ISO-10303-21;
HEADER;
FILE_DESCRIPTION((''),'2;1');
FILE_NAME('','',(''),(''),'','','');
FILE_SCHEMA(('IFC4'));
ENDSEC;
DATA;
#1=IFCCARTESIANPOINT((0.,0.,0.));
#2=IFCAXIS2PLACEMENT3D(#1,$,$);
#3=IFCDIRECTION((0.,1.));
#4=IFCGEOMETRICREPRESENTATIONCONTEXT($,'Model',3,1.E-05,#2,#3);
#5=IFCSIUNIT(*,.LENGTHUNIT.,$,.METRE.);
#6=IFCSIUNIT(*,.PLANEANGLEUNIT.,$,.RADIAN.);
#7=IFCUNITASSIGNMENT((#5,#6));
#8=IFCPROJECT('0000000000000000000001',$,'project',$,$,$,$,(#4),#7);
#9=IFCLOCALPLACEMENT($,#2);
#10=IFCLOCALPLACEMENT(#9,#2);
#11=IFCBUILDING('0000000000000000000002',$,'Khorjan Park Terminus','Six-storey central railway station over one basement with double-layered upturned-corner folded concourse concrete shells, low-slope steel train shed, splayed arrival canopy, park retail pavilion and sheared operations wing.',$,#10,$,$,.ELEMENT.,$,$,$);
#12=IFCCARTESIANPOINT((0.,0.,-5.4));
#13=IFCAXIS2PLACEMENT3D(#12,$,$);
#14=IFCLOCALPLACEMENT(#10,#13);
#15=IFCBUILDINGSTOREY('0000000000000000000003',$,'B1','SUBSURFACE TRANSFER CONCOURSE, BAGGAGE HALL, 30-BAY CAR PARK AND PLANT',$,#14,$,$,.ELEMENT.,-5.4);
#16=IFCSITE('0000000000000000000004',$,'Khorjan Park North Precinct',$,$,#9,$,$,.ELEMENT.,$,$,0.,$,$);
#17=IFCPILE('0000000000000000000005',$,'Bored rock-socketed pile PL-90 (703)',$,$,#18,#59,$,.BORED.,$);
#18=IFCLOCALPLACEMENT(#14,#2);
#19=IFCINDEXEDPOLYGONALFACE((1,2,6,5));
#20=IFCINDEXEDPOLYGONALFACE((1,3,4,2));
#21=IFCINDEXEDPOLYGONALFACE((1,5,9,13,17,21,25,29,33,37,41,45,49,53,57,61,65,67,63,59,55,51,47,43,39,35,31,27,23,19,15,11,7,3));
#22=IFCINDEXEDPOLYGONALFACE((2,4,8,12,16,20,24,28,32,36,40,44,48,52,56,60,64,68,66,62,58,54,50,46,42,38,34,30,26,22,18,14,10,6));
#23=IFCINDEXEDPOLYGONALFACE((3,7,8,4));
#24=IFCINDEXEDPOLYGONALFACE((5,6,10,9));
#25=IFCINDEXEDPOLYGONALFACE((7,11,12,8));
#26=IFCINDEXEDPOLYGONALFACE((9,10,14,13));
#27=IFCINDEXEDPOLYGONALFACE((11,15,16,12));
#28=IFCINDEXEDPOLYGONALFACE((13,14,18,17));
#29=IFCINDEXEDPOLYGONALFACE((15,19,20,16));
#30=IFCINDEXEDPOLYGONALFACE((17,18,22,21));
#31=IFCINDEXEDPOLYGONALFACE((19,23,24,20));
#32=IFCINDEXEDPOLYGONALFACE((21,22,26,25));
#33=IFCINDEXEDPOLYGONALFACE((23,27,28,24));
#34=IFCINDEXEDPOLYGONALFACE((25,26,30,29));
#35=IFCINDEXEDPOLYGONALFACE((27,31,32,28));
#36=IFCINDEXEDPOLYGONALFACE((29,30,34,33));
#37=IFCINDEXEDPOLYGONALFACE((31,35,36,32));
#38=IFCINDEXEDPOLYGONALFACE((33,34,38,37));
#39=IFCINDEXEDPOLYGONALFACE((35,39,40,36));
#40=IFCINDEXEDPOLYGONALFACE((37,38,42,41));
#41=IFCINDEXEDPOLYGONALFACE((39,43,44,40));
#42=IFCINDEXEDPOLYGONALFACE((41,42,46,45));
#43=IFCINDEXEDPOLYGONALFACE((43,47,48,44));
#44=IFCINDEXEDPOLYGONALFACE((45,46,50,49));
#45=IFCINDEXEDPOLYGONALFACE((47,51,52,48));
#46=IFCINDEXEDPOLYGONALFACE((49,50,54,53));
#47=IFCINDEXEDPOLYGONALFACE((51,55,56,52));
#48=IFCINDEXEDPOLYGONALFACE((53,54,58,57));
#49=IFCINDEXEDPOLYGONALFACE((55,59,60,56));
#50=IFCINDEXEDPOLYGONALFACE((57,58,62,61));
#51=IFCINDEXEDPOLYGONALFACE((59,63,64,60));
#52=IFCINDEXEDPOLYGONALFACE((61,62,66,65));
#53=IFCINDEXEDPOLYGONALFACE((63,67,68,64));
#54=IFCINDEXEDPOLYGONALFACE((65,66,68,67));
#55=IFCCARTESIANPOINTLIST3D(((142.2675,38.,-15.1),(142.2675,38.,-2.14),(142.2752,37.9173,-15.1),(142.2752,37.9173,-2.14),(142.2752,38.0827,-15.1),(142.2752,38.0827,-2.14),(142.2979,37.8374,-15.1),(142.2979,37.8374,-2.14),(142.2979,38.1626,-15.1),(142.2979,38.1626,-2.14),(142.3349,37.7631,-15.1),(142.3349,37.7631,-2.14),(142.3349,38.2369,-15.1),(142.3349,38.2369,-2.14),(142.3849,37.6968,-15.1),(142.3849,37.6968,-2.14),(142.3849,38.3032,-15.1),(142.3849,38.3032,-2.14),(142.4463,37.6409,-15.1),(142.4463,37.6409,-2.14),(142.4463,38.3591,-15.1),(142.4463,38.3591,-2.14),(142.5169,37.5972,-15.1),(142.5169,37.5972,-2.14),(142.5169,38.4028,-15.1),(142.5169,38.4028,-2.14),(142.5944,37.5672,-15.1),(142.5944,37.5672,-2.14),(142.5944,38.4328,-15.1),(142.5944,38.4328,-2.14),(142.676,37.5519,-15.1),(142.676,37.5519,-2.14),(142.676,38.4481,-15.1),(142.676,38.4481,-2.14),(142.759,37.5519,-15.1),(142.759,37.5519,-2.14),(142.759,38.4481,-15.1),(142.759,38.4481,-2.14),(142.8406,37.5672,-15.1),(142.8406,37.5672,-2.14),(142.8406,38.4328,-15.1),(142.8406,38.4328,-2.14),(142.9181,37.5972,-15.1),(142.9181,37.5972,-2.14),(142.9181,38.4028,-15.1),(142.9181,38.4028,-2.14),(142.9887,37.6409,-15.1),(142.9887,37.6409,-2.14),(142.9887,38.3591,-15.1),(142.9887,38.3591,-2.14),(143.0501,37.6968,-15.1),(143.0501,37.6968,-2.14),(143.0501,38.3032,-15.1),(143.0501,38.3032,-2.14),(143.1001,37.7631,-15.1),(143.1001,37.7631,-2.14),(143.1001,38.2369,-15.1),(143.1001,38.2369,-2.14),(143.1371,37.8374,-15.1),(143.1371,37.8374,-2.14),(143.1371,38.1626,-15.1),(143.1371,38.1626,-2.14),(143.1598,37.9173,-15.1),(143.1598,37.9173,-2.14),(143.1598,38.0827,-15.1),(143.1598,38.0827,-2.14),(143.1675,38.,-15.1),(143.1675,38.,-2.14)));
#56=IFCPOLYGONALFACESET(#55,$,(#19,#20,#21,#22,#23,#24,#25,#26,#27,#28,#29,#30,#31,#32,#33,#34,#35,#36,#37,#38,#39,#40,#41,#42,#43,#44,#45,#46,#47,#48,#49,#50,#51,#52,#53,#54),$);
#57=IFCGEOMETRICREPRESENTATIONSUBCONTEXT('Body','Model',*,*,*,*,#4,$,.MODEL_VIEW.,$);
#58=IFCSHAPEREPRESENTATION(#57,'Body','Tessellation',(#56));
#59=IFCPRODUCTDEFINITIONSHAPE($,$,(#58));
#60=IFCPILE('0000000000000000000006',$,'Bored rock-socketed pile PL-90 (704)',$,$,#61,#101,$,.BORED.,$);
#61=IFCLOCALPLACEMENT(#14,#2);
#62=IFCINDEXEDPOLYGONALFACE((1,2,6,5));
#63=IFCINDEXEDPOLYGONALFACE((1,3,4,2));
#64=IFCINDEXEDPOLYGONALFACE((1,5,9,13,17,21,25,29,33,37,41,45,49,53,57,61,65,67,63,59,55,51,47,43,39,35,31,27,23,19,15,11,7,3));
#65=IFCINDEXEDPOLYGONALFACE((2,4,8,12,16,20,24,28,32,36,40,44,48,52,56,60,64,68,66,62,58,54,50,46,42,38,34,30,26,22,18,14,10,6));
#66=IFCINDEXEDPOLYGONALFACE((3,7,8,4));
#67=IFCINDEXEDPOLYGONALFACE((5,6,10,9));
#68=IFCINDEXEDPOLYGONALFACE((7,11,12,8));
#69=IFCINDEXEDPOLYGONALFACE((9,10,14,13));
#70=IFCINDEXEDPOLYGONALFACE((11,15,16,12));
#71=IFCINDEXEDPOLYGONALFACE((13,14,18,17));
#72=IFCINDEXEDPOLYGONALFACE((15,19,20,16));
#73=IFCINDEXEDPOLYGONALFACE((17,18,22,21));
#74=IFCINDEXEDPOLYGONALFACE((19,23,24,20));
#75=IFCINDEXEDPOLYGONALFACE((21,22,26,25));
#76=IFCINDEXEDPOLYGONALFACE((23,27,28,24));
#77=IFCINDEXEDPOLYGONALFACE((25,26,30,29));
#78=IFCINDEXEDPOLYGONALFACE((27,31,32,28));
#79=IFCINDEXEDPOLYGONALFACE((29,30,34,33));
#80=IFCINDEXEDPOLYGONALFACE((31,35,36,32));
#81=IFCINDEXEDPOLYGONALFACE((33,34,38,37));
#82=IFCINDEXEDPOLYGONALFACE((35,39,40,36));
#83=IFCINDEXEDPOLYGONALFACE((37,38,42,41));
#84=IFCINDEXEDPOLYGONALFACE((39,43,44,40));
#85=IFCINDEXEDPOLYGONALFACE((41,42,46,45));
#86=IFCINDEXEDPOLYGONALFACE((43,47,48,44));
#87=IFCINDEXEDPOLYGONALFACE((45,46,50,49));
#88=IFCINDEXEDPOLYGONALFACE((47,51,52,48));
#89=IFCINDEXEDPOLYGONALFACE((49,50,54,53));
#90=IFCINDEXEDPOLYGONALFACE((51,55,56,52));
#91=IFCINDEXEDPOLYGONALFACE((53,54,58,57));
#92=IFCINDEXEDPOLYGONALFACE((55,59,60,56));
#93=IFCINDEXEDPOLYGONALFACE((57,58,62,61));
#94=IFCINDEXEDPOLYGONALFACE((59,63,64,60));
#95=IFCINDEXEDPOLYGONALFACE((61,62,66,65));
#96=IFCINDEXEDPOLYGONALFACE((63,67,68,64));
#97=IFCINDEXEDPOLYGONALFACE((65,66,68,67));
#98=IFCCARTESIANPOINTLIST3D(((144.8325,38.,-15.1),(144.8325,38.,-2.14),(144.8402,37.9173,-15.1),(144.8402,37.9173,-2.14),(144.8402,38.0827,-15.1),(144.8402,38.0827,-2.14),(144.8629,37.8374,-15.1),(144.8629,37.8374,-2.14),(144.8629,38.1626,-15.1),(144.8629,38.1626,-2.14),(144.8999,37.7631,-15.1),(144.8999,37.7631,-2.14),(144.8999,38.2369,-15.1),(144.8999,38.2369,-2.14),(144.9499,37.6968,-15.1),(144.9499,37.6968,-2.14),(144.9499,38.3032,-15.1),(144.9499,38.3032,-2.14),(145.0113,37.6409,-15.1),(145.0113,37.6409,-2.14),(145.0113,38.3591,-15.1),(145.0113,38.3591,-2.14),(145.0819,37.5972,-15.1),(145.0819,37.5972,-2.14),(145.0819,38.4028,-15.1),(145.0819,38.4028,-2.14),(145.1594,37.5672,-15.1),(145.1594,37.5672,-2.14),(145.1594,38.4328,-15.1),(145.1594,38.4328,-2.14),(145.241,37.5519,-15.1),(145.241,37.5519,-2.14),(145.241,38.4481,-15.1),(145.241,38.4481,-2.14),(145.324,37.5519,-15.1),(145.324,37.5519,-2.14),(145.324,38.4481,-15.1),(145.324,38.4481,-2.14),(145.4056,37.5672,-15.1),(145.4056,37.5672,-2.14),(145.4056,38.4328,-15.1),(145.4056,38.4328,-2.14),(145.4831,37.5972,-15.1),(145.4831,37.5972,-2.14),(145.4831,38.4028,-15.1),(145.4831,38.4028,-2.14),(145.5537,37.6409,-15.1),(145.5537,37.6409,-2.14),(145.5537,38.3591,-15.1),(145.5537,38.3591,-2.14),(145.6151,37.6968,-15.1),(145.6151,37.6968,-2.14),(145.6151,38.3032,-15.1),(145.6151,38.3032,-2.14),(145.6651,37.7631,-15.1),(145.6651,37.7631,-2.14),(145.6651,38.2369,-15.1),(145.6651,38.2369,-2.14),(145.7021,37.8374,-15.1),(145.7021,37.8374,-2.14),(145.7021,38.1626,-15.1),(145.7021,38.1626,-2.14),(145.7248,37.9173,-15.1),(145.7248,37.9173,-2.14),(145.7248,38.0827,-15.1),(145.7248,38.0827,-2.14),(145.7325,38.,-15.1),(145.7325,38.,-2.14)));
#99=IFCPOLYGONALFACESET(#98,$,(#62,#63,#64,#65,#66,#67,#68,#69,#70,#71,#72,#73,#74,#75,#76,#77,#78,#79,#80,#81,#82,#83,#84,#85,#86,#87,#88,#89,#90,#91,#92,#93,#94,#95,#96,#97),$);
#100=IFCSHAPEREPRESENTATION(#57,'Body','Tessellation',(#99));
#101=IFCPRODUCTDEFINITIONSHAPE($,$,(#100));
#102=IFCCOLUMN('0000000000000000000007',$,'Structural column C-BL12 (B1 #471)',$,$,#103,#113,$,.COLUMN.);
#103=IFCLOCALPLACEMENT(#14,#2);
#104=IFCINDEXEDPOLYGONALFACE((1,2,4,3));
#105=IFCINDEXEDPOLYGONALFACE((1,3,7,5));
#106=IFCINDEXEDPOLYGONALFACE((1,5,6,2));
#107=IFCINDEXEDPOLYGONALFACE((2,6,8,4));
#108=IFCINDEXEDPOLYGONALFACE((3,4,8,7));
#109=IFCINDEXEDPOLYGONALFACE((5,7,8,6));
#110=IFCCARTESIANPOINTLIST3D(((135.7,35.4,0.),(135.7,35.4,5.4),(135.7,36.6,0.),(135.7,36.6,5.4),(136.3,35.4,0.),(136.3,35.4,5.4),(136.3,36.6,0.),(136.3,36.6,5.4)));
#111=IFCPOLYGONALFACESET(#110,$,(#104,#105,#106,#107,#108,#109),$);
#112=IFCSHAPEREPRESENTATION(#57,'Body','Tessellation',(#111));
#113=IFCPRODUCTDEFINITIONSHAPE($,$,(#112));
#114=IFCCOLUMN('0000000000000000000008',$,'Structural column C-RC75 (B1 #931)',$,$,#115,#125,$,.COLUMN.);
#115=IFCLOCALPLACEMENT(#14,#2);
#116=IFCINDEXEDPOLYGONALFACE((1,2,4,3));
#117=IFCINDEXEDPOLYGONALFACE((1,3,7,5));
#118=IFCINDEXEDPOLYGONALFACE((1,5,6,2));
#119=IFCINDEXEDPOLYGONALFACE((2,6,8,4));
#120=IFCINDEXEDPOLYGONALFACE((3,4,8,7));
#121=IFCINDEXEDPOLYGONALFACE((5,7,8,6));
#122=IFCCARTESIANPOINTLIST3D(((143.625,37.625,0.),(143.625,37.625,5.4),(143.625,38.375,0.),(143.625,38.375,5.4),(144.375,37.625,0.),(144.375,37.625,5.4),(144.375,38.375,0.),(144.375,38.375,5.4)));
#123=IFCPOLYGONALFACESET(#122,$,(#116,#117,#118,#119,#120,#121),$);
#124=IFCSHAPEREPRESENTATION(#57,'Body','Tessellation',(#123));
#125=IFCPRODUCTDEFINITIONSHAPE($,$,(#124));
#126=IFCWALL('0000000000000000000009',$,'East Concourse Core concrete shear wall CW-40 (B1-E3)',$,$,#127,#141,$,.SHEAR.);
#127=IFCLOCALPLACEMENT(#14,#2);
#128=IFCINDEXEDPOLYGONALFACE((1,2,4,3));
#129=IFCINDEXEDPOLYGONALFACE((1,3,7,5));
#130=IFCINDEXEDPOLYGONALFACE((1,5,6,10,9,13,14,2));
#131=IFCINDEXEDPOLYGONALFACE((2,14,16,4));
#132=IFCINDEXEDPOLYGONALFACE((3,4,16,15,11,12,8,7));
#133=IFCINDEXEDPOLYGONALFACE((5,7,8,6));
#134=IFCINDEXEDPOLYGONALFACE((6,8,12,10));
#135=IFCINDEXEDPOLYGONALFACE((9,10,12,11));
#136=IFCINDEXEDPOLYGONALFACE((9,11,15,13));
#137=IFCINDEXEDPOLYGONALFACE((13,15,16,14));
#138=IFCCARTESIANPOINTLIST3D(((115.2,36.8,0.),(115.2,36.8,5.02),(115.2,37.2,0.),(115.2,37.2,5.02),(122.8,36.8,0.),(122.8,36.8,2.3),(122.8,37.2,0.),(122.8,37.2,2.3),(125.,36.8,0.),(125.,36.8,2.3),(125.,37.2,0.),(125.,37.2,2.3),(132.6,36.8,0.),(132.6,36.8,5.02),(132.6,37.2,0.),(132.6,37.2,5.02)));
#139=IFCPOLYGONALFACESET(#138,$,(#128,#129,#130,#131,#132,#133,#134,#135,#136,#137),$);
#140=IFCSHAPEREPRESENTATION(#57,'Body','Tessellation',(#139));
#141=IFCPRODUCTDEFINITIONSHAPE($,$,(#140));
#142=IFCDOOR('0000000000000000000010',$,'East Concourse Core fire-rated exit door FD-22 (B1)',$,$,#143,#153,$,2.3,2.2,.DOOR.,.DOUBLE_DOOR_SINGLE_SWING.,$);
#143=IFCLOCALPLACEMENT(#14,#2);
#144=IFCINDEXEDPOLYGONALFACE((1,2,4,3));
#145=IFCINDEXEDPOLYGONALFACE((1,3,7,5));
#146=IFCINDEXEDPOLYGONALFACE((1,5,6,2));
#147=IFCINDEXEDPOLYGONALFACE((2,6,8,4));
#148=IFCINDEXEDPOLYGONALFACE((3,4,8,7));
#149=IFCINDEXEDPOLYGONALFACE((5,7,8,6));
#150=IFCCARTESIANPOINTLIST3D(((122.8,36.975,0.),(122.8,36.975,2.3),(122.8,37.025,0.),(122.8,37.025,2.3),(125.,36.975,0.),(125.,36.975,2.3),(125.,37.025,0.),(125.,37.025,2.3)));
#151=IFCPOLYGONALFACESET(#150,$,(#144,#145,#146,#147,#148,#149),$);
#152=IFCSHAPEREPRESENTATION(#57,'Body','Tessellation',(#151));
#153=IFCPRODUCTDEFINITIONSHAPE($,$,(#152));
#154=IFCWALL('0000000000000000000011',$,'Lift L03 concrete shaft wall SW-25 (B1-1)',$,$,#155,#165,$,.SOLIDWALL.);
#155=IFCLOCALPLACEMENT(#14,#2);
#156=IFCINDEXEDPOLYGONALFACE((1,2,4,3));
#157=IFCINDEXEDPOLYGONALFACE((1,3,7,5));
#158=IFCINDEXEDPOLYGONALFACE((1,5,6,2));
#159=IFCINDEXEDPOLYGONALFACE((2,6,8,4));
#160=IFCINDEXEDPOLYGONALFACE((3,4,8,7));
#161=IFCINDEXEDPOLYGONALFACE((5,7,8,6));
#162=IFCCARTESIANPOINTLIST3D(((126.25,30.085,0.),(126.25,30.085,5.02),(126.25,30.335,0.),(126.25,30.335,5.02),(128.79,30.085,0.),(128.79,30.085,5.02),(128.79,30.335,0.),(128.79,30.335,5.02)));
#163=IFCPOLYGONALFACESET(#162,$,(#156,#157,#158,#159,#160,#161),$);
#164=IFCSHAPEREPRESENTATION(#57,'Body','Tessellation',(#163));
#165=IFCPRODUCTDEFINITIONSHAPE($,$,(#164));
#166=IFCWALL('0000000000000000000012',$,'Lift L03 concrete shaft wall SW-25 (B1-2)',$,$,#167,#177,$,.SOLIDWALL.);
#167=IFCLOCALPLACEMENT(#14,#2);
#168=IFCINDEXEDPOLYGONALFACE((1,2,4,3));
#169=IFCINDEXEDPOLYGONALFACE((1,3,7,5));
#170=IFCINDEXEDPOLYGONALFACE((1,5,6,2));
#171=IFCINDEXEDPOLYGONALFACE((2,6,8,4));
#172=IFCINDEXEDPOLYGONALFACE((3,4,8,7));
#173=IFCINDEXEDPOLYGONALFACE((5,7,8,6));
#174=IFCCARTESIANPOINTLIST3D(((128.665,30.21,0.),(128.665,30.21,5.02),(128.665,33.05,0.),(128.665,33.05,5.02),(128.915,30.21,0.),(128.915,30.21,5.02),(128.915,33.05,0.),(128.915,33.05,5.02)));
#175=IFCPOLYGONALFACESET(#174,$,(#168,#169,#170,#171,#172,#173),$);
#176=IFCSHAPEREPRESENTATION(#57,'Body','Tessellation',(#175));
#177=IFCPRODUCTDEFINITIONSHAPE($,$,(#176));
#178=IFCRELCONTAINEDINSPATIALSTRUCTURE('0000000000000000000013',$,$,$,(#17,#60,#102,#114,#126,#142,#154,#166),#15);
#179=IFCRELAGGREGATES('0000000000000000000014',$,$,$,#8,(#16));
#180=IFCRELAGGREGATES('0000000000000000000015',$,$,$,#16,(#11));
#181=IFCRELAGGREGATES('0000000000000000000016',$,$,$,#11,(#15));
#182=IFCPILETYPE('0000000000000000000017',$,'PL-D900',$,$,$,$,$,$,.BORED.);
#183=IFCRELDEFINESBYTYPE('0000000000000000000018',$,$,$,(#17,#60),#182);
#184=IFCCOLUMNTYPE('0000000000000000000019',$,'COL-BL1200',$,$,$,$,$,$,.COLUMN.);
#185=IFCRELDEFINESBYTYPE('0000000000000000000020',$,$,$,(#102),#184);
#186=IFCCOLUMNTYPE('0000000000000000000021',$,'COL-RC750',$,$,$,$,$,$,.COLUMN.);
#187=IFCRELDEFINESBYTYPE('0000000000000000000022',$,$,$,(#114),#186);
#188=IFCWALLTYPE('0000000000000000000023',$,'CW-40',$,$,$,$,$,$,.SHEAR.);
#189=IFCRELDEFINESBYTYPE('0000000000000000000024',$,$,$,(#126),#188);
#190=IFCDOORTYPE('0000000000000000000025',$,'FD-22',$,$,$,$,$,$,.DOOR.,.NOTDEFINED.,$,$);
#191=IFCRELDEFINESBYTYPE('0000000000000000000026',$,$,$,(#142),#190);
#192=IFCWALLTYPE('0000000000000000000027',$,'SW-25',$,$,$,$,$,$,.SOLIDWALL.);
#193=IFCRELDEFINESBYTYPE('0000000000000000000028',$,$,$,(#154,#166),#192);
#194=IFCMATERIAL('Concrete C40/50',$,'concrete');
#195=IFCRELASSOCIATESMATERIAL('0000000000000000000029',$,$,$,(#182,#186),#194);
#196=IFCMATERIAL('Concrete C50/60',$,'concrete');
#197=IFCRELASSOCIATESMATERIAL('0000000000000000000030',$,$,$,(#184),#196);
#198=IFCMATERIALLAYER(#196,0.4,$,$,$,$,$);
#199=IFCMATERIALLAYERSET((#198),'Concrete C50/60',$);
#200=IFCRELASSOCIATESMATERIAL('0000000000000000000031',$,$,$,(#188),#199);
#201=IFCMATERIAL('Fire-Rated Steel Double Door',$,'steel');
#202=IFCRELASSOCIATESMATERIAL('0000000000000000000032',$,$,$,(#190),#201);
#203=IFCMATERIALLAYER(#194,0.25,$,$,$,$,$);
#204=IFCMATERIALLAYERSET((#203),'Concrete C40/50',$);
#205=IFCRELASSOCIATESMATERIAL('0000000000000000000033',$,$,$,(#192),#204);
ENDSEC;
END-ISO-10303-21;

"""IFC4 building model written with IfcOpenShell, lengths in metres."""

from ifc_helpers import new_model, si_unit, direction, frame, frame_2d, origin, origin_2d, place, context, subcontext, project, spatial, rectangle, circle, extrude, material, layer, layer_set, material_profile, profile_set, type_object, element, fill, save


model = new_model("IFC4")

# Units and contexts
model_context = context("Model", 3, precision=1e-05, world=origin(), true_north=direction((0.0, 1.0)))
body_context = subcontext(model_context, "Body", "Model", "MODEL_VIEW")
ifc_project = project(units=[si_unit("LENGTHUNIT", "METRE"), si_unit("PLANEANGLEUNIT", "RADIAN")], contexts=[model_context])

# Site, building, storey
site_placement = place(None, origin())
site = spatial("IfcSite", under=ifc_project, at=site_placement, Name="Khorjan Park North Precinct", CompositionType="ELEMENT", RefElevation=0.0)
building_placement = place(site_placement, origin())
building = spatial("IfcBuilding", under=site, at=building_placement, Name="Khorjan Park Terminus", Description="Six-storey central railway station over one basement with double-layered upturned-corner folded concourse concrete shells, low-slope steel train shed, splayed arrival canopy, park retail pavilion and sheared operations wing.", CompositionType="ELEMENT")
storey_placement = place(building_placement, frame((0.0, 0.0, -5.4)))
storey = spatial("IfcBuildingStorey", under=building, at=storey_placement, Name="B1", Description="SUBSURFACE TRANSFER CONCOURSE, BAGGAGE HALL, 30-BAY CAR PARK AND PLANT", CompositionType="ELEMENT", Elevation=-5.4)

# Piles
ifc_material_1 = material(Name="Concrete C40/50", Category="concrete")
ifc_material_profile_1 = material_profile(ifc_material_1, circle(Radius=0.45, at=origin_2d()), Name="BORED D900")
ifc_profile_set_1 = profile_set([ifc_material_profile_1], Name="Concrete C40/50")
pile_type_1 = type_object("IfcPileType", Name="PL-D900", PredefinedType="BORED", material=ifc_profile_set_1)
for number, where, z_axis, x_axis, name in (
    (1, (142.7175, 38.0, -2.14), (0.0, 0.0, -1.0), (1.0, 0.0, 0.0), "Bored rock-socketed pile PL-90 (703)"),
    (2, (145.2825, 38.0, -2.14), (0.0, 0.0, -1.0), (1.0, 0.0, 0.0), "Bored rock-socketed pile PL-90 (704)"),
):
    element("IfcPile", number, at=place(storey_placement, frame(where, z_axis=z_axis, x_axis=x_axis)), inside=storey, type_object=pile_type_1, Name=name, PredefinedType="BORED", context=body_context, shape_type="SweptSolid", body=[
        extrude(circle(Radius=0.45, at=origin_2d()), origin(), (0.0, 0.0, 1.0), 12.96),
    ])

# Columns
ifc_material_2 = material(Name="Concrete C50/60", Category="concrete")
ifc_material_profile_2 = material_profile(ifc_material_2, rectangle(XDim=0.6, YDim=1.2, at=origin_2d()), Name="RC 600x1200")
ifc_profile_set_2 = profile_set([ifc_material_profile_2], Name="Concrete C50/60")
column_type_1 = type_object("IfcColumnType", Name="COL-BL1200", PredefinedType="COLUMN", material=ifc_profile_set_2)
column_1_placement = place(storey_placement, frame((136.0, 36.0, 0.0), z_axis=(0.0, 0.0, 1.0), x_axis=(1.0, 0.0, 0.0)))
element("IfcColumn", 3, at=column_1_placement, inside=storey, type_object=column_type_1, Name="Structural column C-BL12 (B1 #471)", PredefinedType="COLUMN", context=body_context, shape_type="SweptSolid", body=[
    extrude(rectangle(XDim=0.6, YDim=1.2, at=origin_2d()), origin(), (0.0, 0.0, 1.0), 5.4),
])
ifc_material_profile_3 = material_profile(ifc_material_1, rectangle(XDim=0.75, YDim=0.75, at=origin_2d()), Name="RC 750x750")
ifc_profile_set_3 = profile_set([ifc_material_profile_3], Name="Concrete C40/50")
column_type_2 = type_object("IfcColumnType", Name="COL-RC750", PredefinedType="COLUMN", material=ifc_profile_set_3)
column_2_placement = place(storey_placement, frame((144.0, 38.0, 0.0), z_axis=(0.0, 0.0, 1.0), x_axis=(1.0, 0.0, 0.0)))
element("IfcColumn", 4, at=column_2_placement, inside=storey, type_object=column_type_2, Name="Structural column C-RC75 (B1 #931)", PredefinedType="COLUMN", context=body_context, shape_type="SweptSolid", body=[
    extrude(rectangle(XDim=0.75, YDim=0.75, at=origin_2d()), origin(), (0.0, 0.0, 1.0), 5.4),
])

# Wall, opening, door
ifc_layer_1 = layer(ifc_material_2, 0.4)
ifc_layer_set_1 = layer_set([ifc_layer_1], Name="Concrete C50/60")
wall_type_1 = type_object("IfcWallType", Name="CW-40", PredefinedType="SHEAR", material=ifc_layer_set_1)
wall_1_placement = place(storey_placement, frame((132.6, 37.0, 0.0), z_axis=(0.0, 0.0, 1.0), x_axis=(-1.0, 0.0, 0.0)))
wall_1 = element("IfcWall", 5, at=wall_1_placement, inside=storey, type_object=wall_type_1, Name="East Concourse Core concrete shear wall CW-40 (B1-E3)", PredefinedType="SHEAR", context=body_context, shape_type="SweptSolid", body=[
    extrude(rectangle(XDim=17.4, YDim=0.4, at=frame_2d((8.7, 0.0))), origin(), (0.0, 0.0, 1.0), 5.02),
])
opening_1_placement = place(wall_1_placement, frame((7.6, 0.0, 0.0)))
opening_1 = element("IfcOpeningElement", 6, at=opening_1_placement, cuts=wall_1, PredefinedType="OPENING", context=body_context, shape_type="SweptSolid", body=[
    extrude(rectangle(XDim=2.2, YDim=2.3, at=frame_2d((1.1, 1.15))), frame((0.0, 0.21, 0.0), z_axis=(0.0, -1.0, 0.0), x_axis=(1.0, 0.0, 0.0)), (0.0, 0.0, 1.0), 0.42),
])
ifc_material_3 = material(Name="Fire-Rated Steel Double Door", Category="steel")
door_type_1 = type_object("IfcDoorType", Name="FD-22", OperationType="NOTDEFINED", PredefinedType="DOOR", material=ifc_material_3)
door_1_placement = place(opening_1_placement, origin())
door_1 = element("IfcDoor", 7, at=door_1_placement, inside=storey, type_object=door_type_1, Name="East Concourse Core fire-rated exit door FD-22 (B1)", OperationType="DOUBLE_DOOR_SINGLE_SWING", OverallHeight=2.3, OverallWidth=2.2, PredefinedType="DOOR", context=body_context, shape_type="SweptSolid", body=[
    extrude(rectangle(XDim=2.2, YDim=2.3, at=frame_2d((1.1, 1.15))), frame((0.0, 0.025, 0.0), z_axis=(0.0, -1.0, 0.0), x_axis=(1.0, 0.0, 0.0)), (0.0, 0.0, 1.0), 0.05),
])
fill(opening_1, door_1)

# Walls
ifc_layer_2 = layer(ifc_material_1, 0.25)
ifc_layer_set_2 = layer_set([ifc_layer_2], Name="Concrete C40/50")
wall_type_2 = type_object("IfcWallType", Name="SW-25", PredefinedType="SOLIDWALL", material=ifc_layer_set_2)
wall_2_placement = place(storey_placement, frame((126.25, 30.21, 0.0), z_axis=(0.0, 0.0, 1.0), x_axis=(1.0, 0.0, 0.0)))
element("IfcWall", 8, at=wall_2_placement, inside=storey, type_object=wall_type_2, Name="Lift L03 concrete shaft wall SW-25 (B1-1)", PredefinedType="SOLIDWALL", context=body_context, shape_type="SweptSolid", body=[
    extrude(rectangle(XDim=2.54, YDim=0.25, at=frame_2d((1.27, 0.0))), origin(), (0.0, 0.0, 1.0), 5.02),
])
wall_3_placement = place(storey_placement, frame((128.79, 30.21, 0.0), z_axis=(0.0, 0.0, 1.0), x_axis=(0.0, 1.0, 0.0)))
element("IfcWall", 9, at=wall_3_placement, inside=storey, type_object=wall_type_2, Name="Lift L03 concrete shaft wall SW-25 (B1-2)", PredefinedType="SOLIDWALL", context=body_context, shape_type="SweptSolid", body=[
    extrude(rectangle(XDim=2.84, YDim=0.25, at=frame_2d((1.42, 0.0))), origin(), (0.0, 0.0, 1.0), 5.02),
])

save(model, "model.ifc")
